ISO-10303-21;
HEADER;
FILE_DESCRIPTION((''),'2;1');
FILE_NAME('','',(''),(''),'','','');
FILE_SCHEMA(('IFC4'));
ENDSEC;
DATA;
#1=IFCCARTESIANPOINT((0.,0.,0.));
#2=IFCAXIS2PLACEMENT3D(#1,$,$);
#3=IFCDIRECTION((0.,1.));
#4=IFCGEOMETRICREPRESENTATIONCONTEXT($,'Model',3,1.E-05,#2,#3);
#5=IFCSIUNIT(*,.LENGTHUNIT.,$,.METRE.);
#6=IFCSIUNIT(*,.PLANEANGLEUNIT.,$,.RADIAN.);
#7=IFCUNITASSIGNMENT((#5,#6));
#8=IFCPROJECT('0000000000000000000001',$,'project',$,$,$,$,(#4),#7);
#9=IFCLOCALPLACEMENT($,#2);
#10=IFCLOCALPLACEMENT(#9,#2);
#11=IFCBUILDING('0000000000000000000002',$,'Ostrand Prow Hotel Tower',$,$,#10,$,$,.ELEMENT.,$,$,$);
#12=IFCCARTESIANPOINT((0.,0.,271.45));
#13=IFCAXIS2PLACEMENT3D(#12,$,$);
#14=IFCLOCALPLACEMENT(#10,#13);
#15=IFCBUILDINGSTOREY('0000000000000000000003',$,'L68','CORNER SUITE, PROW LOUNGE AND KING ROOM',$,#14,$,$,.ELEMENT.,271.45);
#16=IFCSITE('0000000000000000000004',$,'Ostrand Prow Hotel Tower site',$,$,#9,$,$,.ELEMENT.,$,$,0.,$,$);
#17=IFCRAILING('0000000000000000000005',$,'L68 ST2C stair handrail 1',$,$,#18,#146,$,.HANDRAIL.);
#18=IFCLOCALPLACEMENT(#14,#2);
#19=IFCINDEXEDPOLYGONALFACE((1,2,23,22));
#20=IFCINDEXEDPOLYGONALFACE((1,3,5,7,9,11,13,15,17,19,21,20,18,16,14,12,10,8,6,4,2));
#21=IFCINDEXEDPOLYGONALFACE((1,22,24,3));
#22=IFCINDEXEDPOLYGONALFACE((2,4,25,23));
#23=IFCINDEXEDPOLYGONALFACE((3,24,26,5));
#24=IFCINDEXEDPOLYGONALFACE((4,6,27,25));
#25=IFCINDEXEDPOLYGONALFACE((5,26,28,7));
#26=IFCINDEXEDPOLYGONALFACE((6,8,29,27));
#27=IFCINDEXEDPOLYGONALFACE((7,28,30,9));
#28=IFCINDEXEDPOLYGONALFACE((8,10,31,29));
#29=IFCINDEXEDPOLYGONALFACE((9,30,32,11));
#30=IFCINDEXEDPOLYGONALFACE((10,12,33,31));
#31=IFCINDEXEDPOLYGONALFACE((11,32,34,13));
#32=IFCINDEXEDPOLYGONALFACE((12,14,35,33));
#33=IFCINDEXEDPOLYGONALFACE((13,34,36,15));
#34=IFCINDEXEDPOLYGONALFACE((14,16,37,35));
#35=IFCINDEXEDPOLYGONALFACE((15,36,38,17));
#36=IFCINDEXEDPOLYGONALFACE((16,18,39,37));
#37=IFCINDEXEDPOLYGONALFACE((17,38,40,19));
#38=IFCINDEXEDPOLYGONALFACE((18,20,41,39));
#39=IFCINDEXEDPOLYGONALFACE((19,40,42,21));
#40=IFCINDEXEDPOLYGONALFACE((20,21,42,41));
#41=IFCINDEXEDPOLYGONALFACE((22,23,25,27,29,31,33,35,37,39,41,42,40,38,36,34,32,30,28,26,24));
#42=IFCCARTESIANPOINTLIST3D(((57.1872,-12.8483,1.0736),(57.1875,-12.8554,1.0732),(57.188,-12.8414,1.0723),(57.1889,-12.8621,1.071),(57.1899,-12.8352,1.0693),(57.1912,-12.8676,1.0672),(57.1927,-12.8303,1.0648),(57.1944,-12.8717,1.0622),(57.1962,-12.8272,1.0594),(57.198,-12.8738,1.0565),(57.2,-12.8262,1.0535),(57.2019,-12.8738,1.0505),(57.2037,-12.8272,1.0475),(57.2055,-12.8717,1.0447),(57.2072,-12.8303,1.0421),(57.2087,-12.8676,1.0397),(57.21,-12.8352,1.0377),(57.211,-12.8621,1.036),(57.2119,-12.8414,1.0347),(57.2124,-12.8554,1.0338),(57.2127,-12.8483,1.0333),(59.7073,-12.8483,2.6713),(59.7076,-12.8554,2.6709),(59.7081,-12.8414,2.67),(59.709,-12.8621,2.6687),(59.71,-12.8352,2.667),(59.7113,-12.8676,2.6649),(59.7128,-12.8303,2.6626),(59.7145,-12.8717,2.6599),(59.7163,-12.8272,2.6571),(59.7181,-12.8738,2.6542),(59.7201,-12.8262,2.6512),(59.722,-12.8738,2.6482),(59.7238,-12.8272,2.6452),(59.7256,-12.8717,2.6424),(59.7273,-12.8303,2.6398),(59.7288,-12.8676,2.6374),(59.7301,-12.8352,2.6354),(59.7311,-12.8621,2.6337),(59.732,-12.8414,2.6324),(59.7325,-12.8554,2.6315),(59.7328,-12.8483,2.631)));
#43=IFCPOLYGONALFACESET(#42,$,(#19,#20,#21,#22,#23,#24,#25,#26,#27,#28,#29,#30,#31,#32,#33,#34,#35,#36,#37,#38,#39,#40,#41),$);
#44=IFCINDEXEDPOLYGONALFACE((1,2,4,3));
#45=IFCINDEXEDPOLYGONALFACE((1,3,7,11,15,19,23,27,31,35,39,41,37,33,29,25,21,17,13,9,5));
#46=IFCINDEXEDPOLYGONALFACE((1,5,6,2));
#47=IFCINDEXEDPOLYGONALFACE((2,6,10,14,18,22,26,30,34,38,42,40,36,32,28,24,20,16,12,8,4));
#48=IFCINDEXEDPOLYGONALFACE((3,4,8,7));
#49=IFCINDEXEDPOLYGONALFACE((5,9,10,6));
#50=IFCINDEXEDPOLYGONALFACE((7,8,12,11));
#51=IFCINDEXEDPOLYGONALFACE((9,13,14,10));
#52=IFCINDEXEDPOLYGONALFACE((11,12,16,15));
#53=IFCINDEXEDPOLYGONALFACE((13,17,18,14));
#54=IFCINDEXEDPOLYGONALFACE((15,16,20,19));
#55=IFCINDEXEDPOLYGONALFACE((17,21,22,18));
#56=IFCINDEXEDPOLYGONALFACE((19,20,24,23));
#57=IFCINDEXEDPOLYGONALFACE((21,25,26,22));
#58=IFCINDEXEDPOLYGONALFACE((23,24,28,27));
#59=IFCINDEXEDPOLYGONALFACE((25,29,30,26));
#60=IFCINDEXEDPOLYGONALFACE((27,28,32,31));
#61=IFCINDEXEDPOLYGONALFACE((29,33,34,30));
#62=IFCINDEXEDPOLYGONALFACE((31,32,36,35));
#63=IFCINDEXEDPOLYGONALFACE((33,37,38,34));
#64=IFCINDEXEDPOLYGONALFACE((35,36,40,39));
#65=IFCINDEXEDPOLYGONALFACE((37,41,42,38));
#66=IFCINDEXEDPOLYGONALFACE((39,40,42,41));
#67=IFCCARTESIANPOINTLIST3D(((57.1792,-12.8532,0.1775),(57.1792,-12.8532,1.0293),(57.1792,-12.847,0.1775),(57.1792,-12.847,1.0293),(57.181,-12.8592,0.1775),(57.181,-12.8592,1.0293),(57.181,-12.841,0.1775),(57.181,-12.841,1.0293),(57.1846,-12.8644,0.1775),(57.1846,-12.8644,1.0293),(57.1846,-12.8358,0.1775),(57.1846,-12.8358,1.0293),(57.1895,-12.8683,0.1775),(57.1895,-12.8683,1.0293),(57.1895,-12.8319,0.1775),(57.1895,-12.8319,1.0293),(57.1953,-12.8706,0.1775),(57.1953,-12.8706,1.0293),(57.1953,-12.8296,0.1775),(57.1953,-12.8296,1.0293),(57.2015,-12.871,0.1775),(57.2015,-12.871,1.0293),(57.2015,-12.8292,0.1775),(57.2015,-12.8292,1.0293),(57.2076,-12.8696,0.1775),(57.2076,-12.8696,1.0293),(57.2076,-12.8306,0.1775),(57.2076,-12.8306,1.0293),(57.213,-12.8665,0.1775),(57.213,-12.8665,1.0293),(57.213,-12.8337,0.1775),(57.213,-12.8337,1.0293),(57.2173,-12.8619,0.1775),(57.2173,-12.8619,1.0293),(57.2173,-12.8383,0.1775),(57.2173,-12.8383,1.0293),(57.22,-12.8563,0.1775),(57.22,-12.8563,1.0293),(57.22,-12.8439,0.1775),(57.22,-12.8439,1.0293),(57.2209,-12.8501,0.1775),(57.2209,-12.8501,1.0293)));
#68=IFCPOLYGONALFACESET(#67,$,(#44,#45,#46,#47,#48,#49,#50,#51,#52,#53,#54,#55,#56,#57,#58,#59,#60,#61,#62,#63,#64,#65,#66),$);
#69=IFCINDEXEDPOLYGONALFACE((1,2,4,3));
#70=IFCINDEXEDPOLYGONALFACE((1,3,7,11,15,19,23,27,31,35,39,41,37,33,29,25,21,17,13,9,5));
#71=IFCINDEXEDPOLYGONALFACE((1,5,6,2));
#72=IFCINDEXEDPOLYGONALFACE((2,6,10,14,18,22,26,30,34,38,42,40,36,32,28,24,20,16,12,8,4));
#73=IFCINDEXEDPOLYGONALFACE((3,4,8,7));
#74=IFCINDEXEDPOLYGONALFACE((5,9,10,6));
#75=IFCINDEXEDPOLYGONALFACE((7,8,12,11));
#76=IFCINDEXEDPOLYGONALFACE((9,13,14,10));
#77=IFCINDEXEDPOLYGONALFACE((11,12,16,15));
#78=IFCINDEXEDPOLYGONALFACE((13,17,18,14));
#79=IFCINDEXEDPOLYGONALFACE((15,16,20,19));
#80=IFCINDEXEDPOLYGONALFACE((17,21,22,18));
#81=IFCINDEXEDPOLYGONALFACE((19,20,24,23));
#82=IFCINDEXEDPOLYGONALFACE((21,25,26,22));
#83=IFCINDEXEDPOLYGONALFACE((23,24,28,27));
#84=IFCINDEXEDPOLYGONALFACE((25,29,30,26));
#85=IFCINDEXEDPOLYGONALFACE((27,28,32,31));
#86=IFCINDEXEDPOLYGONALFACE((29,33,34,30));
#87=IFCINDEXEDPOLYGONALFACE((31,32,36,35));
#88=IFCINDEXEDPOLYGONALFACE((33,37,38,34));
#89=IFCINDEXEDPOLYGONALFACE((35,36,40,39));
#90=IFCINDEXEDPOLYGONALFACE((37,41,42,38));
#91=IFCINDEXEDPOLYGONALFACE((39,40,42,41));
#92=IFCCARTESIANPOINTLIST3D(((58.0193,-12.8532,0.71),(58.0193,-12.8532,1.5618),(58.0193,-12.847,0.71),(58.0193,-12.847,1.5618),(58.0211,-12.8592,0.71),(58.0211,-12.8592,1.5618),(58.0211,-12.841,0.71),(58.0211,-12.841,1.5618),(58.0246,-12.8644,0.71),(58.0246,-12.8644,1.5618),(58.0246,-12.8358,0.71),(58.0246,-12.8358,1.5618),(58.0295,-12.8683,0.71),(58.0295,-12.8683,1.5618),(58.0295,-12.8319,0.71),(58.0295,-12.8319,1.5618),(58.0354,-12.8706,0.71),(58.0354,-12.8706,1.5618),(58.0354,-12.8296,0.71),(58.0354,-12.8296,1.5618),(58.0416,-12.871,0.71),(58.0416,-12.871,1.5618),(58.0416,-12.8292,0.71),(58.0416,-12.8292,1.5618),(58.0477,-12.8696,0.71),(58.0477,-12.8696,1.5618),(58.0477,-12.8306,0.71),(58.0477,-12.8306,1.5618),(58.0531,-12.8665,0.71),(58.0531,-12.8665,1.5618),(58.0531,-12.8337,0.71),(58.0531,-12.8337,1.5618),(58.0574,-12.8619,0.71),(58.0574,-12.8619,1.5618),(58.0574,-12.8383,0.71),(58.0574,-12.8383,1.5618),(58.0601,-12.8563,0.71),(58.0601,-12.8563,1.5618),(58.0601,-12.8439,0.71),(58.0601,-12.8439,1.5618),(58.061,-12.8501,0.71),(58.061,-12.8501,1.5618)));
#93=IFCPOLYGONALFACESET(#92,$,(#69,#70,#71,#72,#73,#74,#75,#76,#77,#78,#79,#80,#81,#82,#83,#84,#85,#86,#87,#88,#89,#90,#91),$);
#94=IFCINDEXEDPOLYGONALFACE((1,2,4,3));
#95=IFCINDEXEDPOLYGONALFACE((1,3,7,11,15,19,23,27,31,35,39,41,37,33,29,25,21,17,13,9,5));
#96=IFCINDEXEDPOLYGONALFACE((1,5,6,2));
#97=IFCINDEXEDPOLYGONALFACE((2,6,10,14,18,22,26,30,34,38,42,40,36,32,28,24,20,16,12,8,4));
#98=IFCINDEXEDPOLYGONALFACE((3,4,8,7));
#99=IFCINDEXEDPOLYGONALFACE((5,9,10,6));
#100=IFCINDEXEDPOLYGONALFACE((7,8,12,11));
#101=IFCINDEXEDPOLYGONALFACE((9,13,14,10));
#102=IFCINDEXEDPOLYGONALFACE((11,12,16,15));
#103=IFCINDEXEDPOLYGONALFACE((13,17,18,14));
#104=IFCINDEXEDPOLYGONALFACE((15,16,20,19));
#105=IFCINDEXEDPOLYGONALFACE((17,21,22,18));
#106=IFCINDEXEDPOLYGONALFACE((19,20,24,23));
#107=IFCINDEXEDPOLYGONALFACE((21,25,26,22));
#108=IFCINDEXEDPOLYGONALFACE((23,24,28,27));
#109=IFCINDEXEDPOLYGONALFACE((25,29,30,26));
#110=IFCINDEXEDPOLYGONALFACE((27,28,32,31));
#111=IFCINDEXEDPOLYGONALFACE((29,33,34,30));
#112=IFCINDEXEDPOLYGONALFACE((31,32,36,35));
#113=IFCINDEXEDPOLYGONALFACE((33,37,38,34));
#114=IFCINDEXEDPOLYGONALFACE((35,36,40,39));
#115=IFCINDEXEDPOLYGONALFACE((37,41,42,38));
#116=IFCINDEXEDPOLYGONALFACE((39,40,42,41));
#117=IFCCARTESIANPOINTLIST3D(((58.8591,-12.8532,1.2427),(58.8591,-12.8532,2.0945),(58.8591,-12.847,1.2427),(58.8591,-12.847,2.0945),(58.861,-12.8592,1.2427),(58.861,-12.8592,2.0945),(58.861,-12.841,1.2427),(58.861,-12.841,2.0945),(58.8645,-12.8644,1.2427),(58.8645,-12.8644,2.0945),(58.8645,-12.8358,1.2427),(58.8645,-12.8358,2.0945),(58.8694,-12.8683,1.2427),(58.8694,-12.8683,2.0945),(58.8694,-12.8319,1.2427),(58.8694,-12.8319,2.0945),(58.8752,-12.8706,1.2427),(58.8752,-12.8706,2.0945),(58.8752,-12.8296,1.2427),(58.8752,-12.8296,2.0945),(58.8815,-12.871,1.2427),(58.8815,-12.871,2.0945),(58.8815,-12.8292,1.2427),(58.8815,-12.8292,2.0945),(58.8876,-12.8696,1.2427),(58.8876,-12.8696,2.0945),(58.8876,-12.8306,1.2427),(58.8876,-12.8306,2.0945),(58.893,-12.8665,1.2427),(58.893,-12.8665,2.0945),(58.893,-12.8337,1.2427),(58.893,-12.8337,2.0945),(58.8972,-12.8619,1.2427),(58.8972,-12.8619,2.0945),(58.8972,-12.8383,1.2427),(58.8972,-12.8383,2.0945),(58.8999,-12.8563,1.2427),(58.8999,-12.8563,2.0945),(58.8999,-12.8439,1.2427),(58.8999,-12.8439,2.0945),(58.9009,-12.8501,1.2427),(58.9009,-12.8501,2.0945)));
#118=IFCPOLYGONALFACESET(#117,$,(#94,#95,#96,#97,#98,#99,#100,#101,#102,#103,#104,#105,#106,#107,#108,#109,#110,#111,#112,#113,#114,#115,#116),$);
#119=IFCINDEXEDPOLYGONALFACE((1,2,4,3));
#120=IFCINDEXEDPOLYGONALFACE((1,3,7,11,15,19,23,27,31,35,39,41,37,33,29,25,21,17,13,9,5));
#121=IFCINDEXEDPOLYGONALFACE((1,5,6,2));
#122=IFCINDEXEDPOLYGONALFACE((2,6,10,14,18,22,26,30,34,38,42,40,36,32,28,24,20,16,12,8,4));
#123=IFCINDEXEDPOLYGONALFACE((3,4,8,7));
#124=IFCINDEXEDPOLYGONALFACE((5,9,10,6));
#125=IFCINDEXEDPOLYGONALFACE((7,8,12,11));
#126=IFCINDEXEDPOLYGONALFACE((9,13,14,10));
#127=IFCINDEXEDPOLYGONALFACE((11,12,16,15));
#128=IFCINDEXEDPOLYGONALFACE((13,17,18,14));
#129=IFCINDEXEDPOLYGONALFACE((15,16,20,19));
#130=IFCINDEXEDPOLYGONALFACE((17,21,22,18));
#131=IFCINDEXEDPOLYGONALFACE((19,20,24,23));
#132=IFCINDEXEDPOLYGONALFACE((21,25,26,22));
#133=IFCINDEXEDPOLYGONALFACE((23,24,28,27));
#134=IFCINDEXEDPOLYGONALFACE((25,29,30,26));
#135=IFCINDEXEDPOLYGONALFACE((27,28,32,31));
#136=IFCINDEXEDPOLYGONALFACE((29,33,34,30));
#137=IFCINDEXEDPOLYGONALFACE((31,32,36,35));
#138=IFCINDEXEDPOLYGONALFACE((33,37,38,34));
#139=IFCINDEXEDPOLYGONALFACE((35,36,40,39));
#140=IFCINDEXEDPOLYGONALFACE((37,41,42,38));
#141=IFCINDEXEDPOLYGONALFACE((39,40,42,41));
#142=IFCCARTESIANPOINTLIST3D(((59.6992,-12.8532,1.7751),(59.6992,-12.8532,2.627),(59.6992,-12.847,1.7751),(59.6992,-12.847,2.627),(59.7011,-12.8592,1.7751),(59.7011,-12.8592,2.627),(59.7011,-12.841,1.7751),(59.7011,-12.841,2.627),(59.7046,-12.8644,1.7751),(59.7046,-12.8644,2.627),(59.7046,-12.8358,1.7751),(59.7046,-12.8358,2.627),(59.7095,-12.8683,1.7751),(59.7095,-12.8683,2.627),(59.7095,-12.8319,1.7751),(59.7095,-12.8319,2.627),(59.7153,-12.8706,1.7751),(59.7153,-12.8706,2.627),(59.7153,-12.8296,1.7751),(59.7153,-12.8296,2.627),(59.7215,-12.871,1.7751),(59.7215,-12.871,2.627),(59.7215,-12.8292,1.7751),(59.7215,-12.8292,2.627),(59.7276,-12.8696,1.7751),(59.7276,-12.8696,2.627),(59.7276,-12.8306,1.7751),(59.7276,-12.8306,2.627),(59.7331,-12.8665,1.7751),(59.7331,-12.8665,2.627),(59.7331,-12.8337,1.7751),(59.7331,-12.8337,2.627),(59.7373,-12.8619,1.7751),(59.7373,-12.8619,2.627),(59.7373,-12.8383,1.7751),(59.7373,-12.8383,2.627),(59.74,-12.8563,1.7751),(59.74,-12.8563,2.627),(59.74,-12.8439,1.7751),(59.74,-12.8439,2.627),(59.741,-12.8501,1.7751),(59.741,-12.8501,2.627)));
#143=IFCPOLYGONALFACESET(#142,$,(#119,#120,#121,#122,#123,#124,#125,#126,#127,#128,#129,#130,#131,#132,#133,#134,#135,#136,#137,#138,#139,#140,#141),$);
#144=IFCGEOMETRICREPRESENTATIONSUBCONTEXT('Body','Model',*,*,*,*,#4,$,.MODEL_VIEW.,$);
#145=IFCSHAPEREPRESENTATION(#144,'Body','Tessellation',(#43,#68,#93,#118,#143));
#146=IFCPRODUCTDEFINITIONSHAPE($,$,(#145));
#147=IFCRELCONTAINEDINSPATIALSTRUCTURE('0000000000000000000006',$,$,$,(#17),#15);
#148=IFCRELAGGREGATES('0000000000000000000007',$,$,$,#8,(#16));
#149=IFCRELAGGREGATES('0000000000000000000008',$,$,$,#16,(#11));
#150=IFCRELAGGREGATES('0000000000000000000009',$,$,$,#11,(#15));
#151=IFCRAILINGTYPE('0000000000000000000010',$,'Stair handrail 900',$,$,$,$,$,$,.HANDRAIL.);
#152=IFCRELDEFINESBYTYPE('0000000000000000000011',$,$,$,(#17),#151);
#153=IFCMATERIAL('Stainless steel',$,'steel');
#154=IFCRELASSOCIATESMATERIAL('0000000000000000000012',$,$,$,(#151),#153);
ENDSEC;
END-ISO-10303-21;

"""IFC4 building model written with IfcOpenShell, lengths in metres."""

from ifc_helpers import new_model, si_unit, direction, frame, origin, origin_2d, place, context, subcontext, project, spatial, circle, extrude, material, type_object, element, save


model = new_model("IFC4")

# Units and contexts
model_context = context("Model", 3, precision=1e-05, world=origin(), true_north=direction((0.0, 1.0)))
body_context = subcontext(model_context, "Body", "Model", "MODEL_VIEW")
ifc_project = project(units=[si_unit("LENGTHUNIT", "METRE"), si_unit("PLANEANGLEUNIT", "RADIAN")], contexts=[model_context])

# Site, building, storey
site_placement = place(None, origin())
site = spatial("IfcSite", under=ifc_project, at=site_placement, Name="Ostrand Prow Hotel Tower site", CompositionType="ELEMENT", RefElevation=0.0)
building_placement = place(site_placement, origin())
building = spatial("IfcBuilding", under=site, at=building_placement, Name="Ostrand Prow Hotel Tower", CompositionType="ELEMENT")
storey_placement = place(building_placement, frame((0.0, 0.0, 271.45)))
storey = spatial("IfcBuildingStorey", under=building, at=storey_placement, Name="L68", Description="CORNER SUITE, PROW LOUNGE AND KING ROOM", CompositionType="ELEMENT", Elevation=271.45)

# Railing
ifc_material_1 = material(Name="Stainless steel", Category="steel")
railing_type_1 = type_object("IfcRailingType", Name="Stair handrail 900", PredefinedType="HANDRAIL", material=ifc_material_1)
railing_1_placement = place(storey_placement, frame((57.2, -12.8501, 0.1775)))
element("IfcRailing", 1, at=railing_1_placement, inside=storey, type_object=railing_type_1, Name="L68 ST2C stair handrail 1", PredefinedType="HANDRAIL", context=body_context, shape_type="SweptSolid", body=[
    extrude(circle(Radius=0.0239, at=origin_2d()), frame((0.0, 0.0, 0.876), z_axis=(0.84457, 0.0, 0.535445), x_axis=(0.0, 1.0, 0.0)), (0.0, 0.0, 1.0), 2.9839),
    extrude(circle(Radius=0.021, at=origin_2d()), origin(), (0.0, 0.0, 1.0), 0.8518),
    extrude(circle(Radius=0.021, at=origin_2d()), frame((0.8401, 0.0, 0.5325)), (0.0, 0.0, 1.0), 0.8518),
    extrude(circle(Radius=0.021, at=origin_2d()), frame((1.6799, 0.0, 1.0652)), (0.0, 0.0, 1.0), 0.8518),
    extrude(circle(Radius=0.021, at=origin_2d()), frame((2.52, 0.0, 1.5977)), (0.0, 0.0, 1.0), 0.8518),
])

save(model, "model.ifc")
